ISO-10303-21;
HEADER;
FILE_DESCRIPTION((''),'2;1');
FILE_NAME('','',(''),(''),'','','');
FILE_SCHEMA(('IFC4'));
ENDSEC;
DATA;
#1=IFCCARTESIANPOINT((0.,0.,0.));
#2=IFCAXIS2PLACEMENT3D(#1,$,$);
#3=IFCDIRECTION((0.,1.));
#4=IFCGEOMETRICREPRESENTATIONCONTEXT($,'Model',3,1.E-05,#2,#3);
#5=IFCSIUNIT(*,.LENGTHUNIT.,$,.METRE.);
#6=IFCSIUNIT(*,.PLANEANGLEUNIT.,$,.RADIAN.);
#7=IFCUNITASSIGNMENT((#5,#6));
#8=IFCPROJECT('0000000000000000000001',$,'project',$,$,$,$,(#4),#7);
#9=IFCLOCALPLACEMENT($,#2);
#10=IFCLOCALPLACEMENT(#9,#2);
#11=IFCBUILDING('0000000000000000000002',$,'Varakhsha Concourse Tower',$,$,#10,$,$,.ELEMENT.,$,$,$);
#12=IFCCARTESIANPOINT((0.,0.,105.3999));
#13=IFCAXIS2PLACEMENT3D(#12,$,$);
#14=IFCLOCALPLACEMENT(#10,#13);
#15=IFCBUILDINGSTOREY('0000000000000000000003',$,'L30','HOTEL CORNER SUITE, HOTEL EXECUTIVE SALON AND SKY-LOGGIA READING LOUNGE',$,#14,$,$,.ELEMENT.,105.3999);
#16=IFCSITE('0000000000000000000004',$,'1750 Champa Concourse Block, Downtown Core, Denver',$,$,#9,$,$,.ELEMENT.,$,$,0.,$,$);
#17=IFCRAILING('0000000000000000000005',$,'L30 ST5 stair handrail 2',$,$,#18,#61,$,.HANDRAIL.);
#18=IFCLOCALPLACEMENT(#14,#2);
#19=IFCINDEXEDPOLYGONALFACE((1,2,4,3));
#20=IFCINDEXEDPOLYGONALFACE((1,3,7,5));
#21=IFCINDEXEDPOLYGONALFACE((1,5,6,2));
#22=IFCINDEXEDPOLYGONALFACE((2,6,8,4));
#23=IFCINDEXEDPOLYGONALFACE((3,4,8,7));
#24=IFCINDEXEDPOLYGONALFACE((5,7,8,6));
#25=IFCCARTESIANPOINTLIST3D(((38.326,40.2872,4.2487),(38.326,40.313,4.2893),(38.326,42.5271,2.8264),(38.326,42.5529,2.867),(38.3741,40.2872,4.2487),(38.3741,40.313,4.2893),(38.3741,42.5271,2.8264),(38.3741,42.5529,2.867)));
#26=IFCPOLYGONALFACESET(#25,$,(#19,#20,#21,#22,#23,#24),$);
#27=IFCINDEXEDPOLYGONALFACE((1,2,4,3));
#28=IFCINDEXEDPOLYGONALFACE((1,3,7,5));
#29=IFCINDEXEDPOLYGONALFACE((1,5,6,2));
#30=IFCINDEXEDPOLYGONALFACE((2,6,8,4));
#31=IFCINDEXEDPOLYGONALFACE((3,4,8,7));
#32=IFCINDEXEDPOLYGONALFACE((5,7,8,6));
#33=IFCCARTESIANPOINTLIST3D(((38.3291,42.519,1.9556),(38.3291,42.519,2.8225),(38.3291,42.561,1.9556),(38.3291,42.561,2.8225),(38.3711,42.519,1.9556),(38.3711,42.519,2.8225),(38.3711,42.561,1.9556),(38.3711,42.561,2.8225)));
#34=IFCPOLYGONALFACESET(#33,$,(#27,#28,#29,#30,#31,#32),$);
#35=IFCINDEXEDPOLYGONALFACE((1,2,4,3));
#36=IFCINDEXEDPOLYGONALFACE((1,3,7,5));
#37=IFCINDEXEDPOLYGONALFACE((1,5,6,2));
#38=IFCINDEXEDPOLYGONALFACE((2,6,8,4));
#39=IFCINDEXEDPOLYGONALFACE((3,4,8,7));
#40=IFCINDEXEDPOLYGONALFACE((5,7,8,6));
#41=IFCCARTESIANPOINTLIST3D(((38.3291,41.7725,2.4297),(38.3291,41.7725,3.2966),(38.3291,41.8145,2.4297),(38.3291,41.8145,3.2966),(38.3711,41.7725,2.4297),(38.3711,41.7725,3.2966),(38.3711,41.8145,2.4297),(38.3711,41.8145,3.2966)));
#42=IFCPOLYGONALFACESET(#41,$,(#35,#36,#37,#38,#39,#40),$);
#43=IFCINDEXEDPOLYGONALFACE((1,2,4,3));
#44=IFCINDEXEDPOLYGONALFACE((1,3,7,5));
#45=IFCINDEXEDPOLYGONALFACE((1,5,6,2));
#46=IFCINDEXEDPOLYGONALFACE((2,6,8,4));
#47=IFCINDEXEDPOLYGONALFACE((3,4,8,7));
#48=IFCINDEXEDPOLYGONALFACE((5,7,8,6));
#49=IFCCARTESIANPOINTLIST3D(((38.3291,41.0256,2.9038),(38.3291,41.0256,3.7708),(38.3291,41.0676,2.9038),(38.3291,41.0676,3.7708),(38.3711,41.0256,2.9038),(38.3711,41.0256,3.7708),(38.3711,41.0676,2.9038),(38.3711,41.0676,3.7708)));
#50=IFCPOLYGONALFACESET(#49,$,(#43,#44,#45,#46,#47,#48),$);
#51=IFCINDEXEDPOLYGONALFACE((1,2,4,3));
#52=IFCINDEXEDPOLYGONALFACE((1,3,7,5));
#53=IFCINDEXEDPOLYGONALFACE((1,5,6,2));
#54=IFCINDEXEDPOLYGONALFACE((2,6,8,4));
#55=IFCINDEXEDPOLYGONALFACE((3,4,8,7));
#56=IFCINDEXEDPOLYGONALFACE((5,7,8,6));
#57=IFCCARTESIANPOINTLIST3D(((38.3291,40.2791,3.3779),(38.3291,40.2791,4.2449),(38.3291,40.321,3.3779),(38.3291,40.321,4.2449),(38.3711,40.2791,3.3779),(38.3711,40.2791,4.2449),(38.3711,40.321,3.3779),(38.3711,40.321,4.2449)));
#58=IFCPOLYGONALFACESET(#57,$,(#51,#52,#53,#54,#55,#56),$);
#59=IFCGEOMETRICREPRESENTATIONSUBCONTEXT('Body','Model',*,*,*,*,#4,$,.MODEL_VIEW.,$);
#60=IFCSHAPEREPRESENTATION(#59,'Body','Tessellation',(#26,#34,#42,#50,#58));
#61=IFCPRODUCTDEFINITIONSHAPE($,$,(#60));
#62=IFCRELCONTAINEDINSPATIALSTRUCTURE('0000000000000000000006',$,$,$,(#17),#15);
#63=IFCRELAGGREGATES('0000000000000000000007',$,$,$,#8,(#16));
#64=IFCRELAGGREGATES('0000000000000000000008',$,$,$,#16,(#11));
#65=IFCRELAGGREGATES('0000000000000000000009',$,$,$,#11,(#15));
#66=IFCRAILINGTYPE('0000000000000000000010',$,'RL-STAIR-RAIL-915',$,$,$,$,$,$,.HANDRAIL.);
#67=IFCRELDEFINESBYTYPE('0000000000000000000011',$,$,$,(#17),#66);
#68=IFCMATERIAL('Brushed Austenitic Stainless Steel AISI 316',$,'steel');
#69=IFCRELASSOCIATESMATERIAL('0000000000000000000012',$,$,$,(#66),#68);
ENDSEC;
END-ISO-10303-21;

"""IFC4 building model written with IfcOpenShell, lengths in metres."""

from ifc_helpers import new_model, si_unit, direction, frame, origin, origin_2d, place, context, subcontext, project, spatial, rectangle, extrude, material, type_object, element, save


model = new_model("IFC4")

# Units and contexts
model_context = context("Model", 3, precision=1e-05, world=origin(), true_north=direction((0.0, 1.0)))
body_context = subcontext(model_context, "Body", "Model", "MODEL_VIEW")
ifc_project = project(units=[si_unit("LENGTHUNIT", "METRE"), si_unit("PLANEANGLEUNIT", "RADIAN")], contexts=[model_context])

# Site, building, storey
site_placement = place(None, origin())
site = spatial("IfcSite", under=ifc_project, at=site_placement, Name="1750 Champa Concourse Block, Downtown Core, Denver", CompositionType="ELEMENT", RefElevation=0.0)
building_placement = place(site_placement, origin())
building = spatial("IfcBuilding", under=site, at=building_placement, Name="Varakhsha Concourse Tower", CompositionType="ELEMENT")
storey_placement = place(building_placement, frame((0.0, 0.0, 105.3999)))
storey = spatial("IfcBuildingStorey", under=building, at=storey_placement, Name="L30", Description="HOTEL CORNER SUITE, HOTEL EXECUTIVE SALON AND SKY-LOGGIA READING LOUNGE", CompositionType="ELEMENT", Elevation=105.3999)

# Railing
ifc_material_1 = material(Name="Brushed Austenitic Stainless Steel AISI 316", Category="steel")
railing_type = type_object("IfcRailingType", Name="RL-STAIR-RAIL-915", PredefinedType="HANDRAIL", material=ifc_material_1)
railing_placement = place(storey_placement, frame((38.3501, 42.54, 1.9556)))
element("IfcRailing", 1, at=railing_placement, inside=storey, type_object=railing_type, Name="L30 ST5 stair handrail 2", PredefinedType="HANDRAIL", context=body_context, shape_type="SweptSolid", body=[
    extrude(rectangle(XDim=0.0481, YDim=0.0481, at=origin_2d()), frame((0.0, 0.0, 0.8911), z_axis=(0.0, -0.844188, 0.536048), x_axis=(1.0, 0.0, 0.0)), (0.0, 0.0, 1.0), 2.6533),
    extrude(rectangle(XDim=0.042, YDim=0.042, at=origin_2d()), origin(), (0.0, 0.0, 1.0), 0.8669),
    extrude(rectangle(XDim=0.042, YDim=0.042, at=origin_2d()), frame((0.0, -0.7466, 0.4741)), (0.0, 0.0, 1.0), 0.8669),
    extrude(rectangle(XDim=0.042, YDim=0.042, at=origin_2d()), frame((0.0, -1.4934, 0.9482)), (0.0, 0.0, 1.0), 0.8669),
    extrude(rectangle(XDim=0.042, YDim=0.042, at=origin_2d()), frame((0.0, -2.24, 1.4224)), (0.0, 0.0, 1.0), 0.8669),
])

save(model, "model.ifc")
